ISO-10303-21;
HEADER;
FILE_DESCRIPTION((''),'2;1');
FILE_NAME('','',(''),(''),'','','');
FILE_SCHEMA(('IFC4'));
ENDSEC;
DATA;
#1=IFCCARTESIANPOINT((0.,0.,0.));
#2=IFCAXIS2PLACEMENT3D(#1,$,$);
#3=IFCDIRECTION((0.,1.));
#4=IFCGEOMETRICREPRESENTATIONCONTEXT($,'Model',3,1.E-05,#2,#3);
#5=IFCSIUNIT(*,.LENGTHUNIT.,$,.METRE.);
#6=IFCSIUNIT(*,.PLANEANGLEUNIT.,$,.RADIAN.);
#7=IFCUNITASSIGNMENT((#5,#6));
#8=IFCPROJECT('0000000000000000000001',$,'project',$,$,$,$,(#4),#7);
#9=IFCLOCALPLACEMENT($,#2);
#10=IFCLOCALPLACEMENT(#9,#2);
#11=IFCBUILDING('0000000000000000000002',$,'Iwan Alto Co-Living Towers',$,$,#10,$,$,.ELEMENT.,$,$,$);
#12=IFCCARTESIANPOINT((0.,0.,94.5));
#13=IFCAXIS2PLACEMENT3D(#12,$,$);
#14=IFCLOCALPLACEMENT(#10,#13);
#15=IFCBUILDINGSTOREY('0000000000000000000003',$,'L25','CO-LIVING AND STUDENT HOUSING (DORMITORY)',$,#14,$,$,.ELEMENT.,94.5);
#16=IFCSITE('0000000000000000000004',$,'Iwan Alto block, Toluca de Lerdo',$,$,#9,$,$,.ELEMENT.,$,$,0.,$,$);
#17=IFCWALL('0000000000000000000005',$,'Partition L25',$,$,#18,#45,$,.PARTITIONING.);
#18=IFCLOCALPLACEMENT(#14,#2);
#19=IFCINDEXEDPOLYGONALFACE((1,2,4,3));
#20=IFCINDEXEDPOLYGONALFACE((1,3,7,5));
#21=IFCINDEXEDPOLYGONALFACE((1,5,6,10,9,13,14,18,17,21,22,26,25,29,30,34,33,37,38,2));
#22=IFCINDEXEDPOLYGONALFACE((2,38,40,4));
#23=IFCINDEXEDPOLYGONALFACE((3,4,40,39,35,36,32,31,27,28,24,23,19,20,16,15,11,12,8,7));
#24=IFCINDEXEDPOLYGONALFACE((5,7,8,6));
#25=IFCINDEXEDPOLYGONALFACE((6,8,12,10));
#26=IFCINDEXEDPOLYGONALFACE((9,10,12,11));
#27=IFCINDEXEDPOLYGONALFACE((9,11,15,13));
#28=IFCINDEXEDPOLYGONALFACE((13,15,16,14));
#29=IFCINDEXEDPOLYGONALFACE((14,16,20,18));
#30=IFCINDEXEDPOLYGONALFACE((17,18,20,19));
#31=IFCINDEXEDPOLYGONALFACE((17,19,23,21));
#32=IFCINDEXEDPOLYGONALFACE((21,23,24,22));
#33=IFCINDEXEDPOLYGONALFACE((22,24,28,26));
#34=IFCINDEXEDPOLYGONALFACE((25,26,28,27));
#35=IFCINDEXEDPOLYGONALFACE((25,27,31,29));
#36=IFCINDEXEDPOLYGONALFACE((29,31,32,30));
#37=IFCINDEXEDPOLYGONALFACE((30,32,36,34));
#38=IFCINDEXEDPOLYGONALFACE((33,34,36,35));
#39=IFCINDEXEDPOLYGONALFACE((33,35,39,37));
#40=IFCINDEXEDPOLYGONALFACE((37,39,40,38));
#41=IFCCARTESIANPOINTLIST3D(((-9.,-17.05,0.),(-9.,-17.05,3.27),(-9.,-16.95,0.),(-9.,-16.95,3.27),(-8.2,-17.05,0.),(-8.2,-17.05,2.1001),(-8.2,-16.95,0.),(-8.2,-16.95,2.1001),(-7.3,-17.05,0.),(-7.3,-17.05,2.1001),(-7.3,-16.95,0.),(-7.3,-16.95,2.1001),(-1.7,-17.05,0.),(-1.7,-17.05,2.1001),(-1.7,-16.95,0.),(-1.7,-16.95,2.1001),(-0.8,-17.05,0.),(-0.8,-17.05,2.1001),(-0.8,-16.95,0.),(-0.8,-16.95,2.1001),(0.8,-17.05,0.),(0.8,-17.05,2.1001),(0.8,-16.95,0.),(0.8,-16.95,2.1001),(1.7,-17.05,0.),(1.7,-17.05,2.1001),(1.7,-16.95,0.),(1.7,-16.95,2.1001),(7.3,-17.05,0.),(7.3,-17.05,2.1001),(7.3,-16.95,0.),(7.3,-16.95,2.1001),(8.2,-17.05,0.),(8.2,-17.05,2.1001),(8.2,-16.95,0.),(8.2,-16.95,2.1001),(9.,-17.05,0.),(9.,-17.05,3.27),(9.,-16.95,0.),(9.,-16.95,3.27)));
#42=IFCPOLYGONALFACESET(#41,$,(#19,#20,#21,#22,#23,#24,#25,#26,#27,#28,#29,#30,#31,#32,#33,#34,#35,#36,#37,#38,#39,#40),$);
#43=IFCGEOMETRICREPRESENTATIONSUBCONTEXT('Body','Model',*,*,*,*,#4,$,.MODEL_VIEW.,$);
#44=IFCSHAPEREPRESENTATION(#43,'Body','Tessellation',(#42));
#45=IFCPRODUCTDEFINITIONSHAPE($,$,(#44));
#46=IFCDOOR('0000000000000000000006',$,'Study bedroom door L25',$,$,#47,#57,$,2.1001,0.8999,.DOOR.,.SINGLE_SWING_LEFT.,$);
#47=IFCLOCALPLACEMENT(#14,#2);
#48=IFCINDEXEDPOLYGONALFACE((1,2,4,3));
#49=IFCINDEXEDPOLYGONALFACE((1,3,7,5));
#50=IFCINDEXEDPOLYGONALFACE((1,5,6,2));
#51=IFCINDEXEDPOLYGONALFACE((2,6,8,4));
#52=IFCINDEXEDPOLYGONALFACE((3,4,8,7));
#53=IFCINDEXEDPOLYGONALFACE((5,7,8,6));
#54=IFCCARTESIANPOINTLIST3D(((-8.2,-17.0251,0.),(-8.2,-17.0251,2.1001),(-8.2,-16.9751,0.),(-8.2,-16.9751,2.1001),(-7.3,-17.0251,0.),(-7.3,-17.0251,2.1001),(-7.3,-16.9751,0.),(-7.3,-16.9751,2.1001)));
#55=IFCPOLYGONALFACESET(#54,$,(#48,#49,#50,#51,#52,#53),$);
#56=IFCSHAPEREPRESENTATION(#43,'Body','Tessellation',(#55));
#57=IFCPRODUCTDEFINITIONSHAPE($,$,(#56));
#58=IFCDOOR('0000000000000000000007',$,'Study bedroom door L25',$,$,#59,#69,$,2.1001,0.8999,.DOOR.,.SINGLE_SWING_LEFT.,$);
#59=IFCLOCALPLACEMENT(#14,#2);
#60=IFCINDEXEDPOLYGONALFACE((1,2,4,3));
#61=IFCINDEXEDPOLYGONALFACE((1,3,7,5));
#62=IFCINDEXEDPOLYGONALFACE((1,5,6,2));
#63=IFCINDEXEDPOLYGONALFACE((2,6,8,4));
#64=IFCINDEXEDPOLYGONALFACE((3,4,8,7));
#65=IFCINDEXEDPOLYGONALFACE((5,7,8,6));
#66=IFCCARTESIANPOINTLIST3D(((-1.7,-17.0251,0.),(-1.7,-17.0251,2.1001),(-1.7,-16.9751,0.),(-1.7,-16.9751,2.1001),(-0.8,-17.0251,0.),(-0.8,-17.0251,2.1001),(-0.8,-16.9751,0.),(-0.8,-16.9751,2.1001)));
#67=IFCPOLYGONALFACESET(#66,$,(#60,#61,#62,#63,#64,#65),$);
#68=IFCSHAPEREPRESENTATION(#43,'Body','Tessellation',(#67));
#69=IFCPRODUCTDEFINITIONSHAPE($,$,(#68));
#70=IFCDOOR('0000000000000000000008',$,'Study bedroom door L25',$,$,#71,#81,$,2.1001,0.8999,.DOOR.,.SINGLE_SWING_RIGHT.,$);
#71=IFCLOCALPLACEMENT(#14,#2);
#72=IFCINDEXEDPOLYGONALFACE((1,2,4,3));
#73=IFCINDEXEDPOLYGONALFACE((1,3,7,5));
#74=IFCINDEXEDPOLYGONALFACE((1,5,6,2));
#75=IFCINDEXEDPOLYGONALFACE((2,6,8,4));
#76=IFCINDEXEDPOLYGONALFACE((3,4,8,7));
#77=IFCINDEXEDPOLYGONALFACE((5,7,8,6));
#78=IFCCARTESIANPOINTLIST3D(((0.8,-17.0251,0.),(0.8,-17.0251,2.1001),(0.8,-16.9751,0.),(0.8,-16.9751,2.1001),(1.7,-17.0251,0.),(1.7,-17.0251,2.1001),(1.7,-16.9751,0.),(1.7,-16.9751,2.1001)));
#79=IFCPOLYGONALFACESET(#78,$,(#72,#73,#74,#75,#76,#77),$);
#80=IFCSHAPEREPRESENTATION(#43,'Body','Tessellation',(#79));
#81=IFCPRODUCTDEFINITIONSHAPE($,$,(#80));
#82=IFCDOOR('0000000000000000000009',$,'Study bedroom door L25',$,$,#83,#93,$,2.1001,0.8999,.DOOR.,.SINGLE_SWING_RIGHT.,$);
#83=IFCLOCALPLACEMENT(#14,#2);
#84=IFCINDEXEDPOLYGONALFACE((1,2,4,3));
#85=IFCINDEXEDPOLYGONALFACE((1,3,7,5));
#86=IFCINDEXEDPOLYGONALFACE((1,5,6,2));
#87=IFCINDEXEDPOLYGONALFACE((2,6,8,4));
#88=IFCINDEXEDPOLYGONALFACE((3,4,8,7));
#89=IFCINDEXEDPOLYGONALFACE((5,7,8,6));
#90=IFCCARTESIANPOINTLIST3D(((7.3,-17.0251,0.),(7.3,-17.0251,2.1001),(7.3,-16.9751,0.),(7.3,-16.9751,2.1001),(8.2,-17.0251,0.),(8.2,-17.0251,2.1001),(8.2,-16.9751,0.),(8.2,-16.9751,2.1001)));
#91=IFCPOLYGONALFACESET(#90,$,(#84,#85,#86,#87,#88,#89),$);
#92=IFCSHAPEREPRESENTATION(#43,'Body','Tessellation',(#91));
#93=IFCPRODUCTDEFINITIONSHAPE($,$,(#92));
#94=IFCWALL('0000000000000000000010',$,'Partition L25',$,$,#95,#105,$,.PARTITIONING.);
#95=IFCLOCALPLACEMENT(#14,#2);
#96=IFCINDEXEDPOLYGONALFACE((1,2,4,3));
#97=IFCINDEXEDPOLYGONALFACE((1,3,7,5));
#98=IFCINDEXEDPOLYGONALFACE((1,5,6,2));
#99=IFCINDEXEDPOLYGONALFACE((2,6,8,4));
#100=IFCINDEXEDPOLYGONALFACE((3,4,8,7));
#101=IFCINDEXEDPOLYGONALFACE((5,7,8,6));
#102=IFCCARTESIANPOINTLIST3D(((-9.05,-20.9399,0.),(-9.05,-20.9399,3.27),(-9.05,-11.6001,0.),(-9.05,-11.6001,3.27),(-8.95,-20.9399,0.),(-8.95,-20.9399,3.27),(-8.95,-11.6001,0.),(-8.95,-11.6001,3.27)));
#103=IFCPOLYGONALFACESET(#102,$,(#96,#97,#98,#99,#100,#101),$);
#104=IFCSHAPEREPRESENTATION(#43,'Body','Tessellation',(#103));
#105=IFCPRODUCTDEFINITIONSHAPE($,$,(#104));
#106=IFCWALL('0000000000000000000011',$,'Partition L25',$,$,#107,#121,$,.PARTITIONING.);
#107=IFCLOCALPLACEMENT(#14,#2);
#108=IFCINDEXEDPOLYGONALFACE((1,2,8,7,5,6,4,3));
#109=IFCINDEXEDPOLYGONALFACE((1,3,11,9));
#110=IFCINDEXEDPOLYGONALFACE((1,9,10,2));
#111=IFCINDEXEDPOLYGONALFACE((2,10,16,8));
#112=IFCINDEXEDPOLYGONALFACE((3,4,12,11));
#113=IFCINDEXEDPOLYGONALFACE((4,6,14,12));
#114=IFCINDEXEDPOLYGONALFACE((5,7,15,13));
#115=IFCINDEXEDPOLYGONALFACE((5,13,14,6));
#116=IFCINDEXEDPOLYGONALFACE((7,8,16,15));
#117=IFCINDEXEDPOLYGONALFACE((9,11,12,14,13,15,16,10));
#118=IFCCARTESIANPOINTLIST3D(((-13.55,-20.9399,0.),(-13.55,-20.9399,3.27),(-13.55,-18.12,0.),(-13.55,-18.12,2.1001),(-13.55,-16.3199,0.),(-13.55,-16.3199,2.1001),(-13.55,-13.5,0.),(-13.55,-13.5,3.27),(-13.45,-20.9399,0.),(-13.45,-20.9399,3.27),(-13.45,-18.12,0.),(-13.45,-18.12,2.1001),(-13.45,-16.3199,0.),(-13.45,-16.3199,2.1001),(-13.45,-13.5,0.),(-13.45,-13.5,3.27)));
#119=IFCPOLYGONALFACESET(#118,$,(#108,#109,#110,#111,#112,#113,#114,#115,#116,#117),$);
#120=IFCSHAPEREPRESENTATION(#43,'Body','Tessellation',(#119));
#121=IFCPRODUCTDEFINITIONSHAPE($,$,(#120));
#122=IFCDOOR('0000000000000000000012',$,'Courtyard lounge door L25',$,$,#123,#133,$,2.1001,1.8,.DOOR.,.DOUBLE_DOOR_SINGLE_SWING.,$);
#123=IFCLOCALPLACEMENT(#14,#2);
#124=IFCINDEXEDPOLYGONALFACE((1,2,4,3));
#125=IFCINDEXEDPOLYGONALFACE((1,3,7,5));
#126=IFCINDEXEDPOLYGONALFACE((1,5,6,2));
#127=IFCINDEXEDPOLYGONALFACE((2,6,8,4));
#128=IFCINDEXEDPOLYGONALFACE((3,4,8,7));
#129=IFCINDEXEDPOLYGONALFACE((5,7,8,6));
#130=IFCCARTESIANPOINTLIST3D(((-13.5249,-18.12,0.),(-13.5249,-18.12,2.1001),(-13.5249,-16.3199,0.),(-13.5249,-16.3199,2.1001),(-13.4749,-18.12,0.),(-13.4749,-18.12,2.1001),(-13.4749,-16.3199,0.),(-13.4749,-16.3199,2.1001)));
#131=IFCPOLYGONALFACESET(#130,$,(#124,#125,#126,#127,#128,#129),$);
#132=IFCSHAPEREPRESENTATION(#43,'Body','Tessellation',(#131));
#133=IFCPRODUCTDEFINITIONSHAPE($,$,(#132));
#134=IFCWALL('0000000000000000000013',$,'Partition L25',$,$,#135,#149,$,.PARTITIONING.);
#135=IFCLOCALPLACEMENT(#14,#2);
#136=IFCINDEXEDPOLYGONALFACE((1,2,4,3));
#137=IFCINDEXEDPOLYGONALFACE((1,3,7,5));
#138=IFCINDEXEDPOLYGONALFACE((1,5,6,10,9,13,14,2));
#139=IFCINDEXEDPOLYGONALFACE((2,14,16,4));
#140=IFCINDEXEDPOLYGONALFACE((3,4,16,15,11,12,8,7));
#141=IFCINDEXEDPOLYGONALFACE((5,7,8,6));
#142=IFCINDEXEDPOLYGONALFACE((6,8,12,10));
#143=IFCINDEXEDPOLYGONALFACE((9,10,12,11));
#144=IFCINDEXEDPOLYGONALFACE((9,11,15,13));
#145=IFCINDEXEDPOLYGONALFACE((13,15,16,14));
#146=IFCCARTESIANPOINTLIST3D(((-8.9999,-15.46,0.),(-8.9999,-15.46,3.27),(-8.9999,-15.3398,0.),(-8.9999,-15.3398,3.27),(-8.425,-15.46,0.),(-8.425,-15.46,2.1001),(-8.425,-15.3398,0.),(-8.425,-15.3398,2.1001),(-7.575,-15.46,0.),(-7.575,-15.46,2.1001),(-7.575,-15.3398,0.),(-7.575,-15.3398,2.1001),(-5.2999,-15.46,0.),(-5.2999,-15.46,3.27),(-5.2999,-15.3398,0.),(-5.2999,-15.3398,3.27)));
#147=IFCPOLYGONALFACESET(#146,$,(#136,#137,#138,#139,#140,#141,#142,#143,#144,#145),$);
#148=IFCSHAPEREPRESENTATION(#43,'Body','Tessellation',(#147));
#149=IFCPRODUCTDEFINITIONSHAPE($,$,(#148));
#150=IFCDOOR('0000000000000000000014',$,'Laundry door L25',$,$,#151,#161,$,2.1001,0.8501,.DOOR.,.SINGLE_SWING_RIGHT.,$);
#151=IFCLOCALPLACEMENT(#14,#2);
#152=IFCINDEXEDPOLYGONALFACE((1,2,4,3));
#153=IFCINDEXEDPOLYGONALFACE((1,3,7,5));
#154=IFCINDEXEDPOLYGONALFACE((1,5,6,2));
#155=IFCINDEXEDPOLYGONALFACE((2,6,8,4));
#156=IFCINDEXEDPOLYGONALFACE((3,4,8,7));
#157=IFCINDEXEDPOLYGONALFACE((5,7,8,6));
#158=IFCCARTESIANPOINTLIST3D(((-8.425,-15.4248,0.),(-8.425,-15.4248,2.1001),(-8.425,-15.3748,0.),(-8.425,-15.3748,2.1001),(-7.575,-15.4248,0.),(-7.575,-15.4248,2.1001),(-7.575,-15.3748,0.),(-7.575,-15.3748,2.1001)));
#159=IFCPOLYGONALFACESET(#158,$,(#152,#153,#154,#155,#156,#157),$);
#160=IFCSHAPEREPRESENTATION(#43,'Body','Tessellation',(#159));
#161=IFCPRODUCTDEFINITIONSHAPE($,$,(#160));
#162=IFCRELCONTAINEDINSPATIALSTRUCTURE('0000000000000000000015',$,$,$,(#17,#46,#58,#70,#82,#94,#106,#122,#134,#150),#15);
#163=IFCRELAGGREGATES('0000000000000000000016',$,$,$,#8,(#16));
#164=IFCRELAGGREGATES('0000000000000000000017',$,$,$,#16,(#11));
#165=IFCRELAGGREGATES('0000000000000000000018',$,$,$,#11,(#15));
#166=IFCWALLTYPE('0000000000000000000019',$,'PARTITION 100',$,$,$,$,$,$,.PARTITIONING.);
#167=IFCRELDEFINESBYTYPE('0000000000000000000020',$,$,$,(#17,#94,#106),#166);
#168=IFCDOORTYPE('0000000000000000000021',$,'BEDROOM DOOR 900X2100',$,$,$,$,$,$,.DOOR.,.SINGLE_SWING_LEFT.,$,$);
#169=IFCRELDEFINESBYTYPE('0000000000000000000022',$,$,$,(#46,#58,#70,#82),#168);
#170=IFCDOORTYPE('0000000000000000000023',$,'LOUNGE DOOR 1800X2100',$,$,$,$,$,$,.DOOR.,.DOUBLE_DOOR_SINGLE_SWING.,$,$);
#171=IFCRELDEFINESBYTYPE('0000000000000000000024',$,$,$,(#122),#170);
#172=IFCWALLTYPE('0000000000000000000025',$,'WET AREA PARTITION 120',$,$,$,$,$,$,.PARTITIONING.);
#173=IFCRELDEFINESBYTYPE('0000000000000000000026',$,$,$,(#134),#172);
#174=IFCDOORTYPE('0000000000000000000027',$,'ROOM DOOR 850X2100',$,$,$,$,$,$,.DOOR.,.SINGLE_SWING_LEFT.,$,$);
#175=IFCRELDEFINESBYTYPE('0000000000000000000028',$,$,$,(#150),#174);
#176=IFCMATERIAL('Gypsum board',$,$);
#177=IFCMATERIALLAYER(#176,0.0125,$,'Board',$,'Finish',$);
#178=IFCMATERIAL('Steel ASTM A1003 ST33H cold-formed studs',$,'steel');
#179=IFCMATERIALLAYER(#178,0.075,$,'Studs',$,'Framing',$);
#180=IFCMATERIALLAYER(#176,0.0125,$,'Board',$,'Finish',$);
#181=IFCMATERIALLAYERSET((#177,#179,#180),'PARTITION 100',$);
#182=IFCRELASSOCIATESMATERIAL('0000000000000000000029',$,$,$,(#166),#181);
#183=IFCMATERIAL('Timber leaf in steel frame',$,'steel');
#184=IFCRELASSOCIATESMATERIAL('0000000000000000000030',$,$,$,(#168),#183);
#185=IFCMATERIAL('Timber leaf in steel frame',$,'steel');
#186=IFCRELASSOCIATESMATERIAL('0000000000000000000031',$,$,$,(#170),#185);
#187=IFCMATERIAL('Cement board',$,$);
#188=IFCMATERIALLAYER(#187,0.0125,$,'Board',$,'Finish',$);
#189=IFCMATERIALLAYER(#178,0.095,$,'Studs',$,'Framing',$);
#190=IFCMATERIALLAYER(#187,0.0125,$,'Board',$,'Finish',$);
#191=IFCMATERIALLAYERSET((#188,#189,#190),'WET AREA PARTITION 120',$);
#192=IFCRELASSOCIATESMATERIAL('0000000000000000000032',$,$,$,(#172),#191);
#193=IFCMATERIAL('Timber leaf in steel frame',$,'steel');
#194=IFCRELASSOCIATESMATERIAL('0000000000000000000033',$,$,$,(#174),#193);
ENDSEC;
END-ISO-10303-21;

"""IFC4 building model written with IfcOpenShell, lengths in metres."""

from ifc_helpers import new_model, si_unit, direction, frame, frame_2d, origin, place, context, subcontext, project, spatial, rectangle, extrude, material, layer, layer_set, type_object, element, fill, save


model = new_model("IFC4")

# Units and contexts
model_context = context("Model", 3, precision=1e-05, world=origin(), true_north=direction((0.0, 1.0)))
body_context = subcontext(model_context, "Body", "Model", "MODEL_VIEW")
ifc_project = project(units=[si_unit("LENGTHUNIT", "METRE"), si_unit("PLANEANGLEUNIT", "RADIAN")], contexts=[model_context])

# Site, building, storey
site_placement = place(None, origin())
site = spatial("IfcSite", under=ifc_project, at=site_placement, Name="Iwan Alto block, Toluca de Lerdo", CompositionType="ELEMENT", RefElevation=0.0)
building_placement = place(site_placement, origin())
building = spatial("IfcBuilding", under=site, at=building_placement, Name="Iwan Alto Co-Living Towers", CompositionType="ELEMENT")
storey_placement = place(building_placement, frame((0.0, 0.0, 94.5)))
storey = spatial("IfcBuildingStorey", under=building, at=storey_placement, Name="L25", Description="CO-LIVING AND STUDENT HOUSING (DORMITORY)", CompositionType="ELEMENT", Elevation=94.5)

# Shared definitions
ifc_material_1 = material(Name="Gypsum board")
ifc_layer_1 = layer(ifc_material_1, 0.0125, Name="Board", Category="Finish")
ifc_material_2 = material(Name="Steel ASTM A1003 ST33H cold-formed studs", Category="steel")
ifc_layer_2 = layer(ifc_material_2, 0.075, Name="Studs", Category="Framing")
ifc_layer_3 = layer(ifc_material_1, 0.0125, Name="Board", Category="Finish")
ifc_layer_set_1 = layer_set([ifc_layer_1, ifc_layer_2, ifc_layer_3], Name="PARTITION 100")
wall_type_1 = type_object("IfcWallType", Name="PARTITION 100", PredefinedType="PARTITIONING", material=ifc_layer_set_1)

# Wall, openings, doors
wall_1_placement = place(storey_placement, frame((-9.0, -17.0, 0.0), z_axis=(0.0, 0.0, 1.0), x_axis=(1.0, 0.0, 0.0)))
wall_1 = element("IfcWall", 1, at=wall_1_placement, inside=storey, type_object=wall_type_1, Name="Partition L25", PredefinedType="PARTITIONING", context=body_context, shape_type="SweptSolid", body=[
    extrude(rectangle(XDim=18.0, YDim=0.1001, at=frame_2d((9.0, 0.0))), origin(), (0.0, 0.0, 1.0), 3.27),
])
opening_1_placement = place(wall_1_placement, frame((0.8, 0.0, 0.0)))
opening_1 = element("IfcOpeningElement", 2, at=opening_1_placement, cuts=wall_1, PredefinedType="OPENING", context=body_context, shape_type="SweptSolid", body=[
    extrude(rectangle(XDim=0.8999, YDim=2.1001, at=frame_2d((0.45, 1.05))), frame((0.0, 0.0601, 0.0), z_axis=(0.0, -1.0, 0.0), x_axis=(1.0, 0.0, 0.0)), (0.0, 0.0, 1.0), 0.1201),
])
opening_2_placement = place(wall_1_placement, frame((7.3, 0.0, 0.0)))
opening_2 = element("IfcOpeningElement", 3, at=opening_2_placement, cuts=wall_1, PredefinedType="OPENING", context=body_context, shape_type="SweptSolid", body=[
    extrude(rectangle(XDim=0.8999, YDim=2.1001, at=frame_2d((0.45, 1.05))), frame((0.0, 0.0601, 0.0), z_axis=(0.0, -1.0, 0.0), x_axis=(1.0, 0.0, 0.0)), (0.0, 0.0, 1.0), 0.1201),
])
opening_3_placement = place(wall_1_placement, frame((9.8, 0.0, 0.0)))
opening_3 = element("IfcOpeningElement", 4, at=opening_3_placement, cuts=wall_1, PredefinedType="OPENING", context=body_context, shape_type="SweptSolid", body=[
    extrude(rectangle(XDim=0.8999, YDim=2.1001, at=frame_2d((0.45, 1.05))), frame((0.0, 0.0601, 0.0), z_axis=(0.0, -1.0, 0.0), x_axis=(1.0, 0.0, 0.0)), (0.0, 0.0, 1.0), 0.1201),
])
opening_4_placement = place(wall_1_placement, frame((16.3, 0.0, 0.0)))
opening_4 = element("IfcOpeningElement", 5, at=opening_4_placement, cuts=wall_1, PredefinedType="OPENING", context=body_context, shape_type="SweptSolid", body=[
    extrude(rectangle(XDim=0.8999, YDim=2.1001, at=frame_2d((0.45, 1.05))), frame((0.0, 0.0601, 0.0), z_axis=(0.0, -1.0, 0.0), x_axis=(1.0, 0.0, 0.0)), (0.0, 0.0, 1.0), 0.1201),
])
ifc_material_3 = material(Name="Timber leaf in steel frame", Category="steel")
door_type_1 = type_object("IfcDoorType", Name="BEDROOM DOOR 900X2100", OperationType="SINGLE_SWING_LEFT", PredefinedType="DOOR", material=ifc_material_3)
door_1_placement = place(opening_1_placement, origin())
door_1 = element("IfcDoor", 6, at=door_1_placement, inside=storey, type_object=door_type_1, Name="Study bedroom door L25", OperationType="SINGLE_SWING_LEFT", OverallHeight=2.1001, OverallWidth=0.8999, PredefinedType="DOOR", context=body_context, shape_type="SweptSolid", body=[
    extrude(rectangle(XDim=0.8999, YDim=2.1001, at=frame_2d((0.45, 1.05))), frame((0.0, 0.0249, 0.0), z_axis=(0.0, -1.0, 0.0), x_axis=(1.0, 0.0, 0.0)), (0.0, 0.0, 1.0), 0.05),
])
fill(opening_1, door_1)
door_2_placement = place(opening_2_placement, origin())
door_2 = element("IfcDoor", 7, at=door_2_placement, inside=storey, type_object=door_type_1, Name="Study bedroom door L25", OperationType="SINGLE_SWING_LEFT", OverallHeight=2.1001, OverallWidth=0.8999, PredefinedType="DOOR", context=body_context, shape_type="SweptSolid", body=[
    extrude(rectangle(XDim=0.8999, YDim=2.1001, at=frame_2d((0.45, 1.05))), frame((0.0, 0.0249, 0.0), z_axis=(0.0, -1.0, 0.0), x_axis=(1.0, 0.0, 0.0)), (0.0, 0.0, 1.0), 0.05),
])
fill(opening_2, door_2)
door_3_placement = place(opening_3_placement, origin())
door_3 = element("IfcDoor", 8, at=door_3_placement, inside=storey, type_object=door_type_1, Name="Study bedroom door L25", OperationType="SINGLE_SWING_RIGHT", OverallHeight=2.1001, OverallWidth=0.8999, PredefinedType="DOOR", context=body_context, shape_type="SweptSolid", body=[
    extrude(rectangle(XDim=0.8999, YDim=2.1001, at=frame_2d((0.45, 1.05))), frame((0.0, 0.0249, 0.0), z_axis=(0.0, -1.0, 0.0), x_axis=(1.0, 0.0, 0.0)), (0.0, 0.0, 1.0), 0.05),
])
fill(opening_3, door_3)
door_4_placement = place(opening_4_placement, origin())
door_4 = element("IfcDoor", 9, at=door_4_placement, inside=storey, type_object=door_type_1, Name="Study bedroom door L25", OperationType="SINGLE_SWING_RIGHT", OverallHeight=2.1001, OverallWidth=0.8999, PredefinedType="DOOR", context=body_context, shape_type="SweptSolid", body=[
    extrude(rectangle(XDim=0.8999, YDim=2.1001, at=frame_2d((0.45, 1.05))), frame((0.0, 0.0249, 0.0), z_axis=(0.0, -1.0, 0.0), x_axis=(1.0, 0.0, 0.0)), (0.0, 0.0, 1.0), 0.05),
])
fill(opening_4, door_4)

# Wall
wall_2_placement = place(storey_placement, frame((-9.0, -20.9399, 0.0), z_axis=(0.0, 0.0, 1.0), x_axis=(0.0, 1.0, 0.0)))
element("IfcWall", 10, at=wall_2_placement, inside=storey, type_object=wall_type_1, Name="Partition L25", PredefinedType="PARTITIONING", context=body_context, shape_type="SweptSolid", body=[
    extrude(rectangle(XDim=9.3398, YDim=0.1001, at=frame_2d((4.6699, 0.0))), origin(), (0.0, 0.0, 1.0), 3.27),
])

# Walls, openings, doors
wall_3_placement = place(storey_placement, frame((-13.5, -20.9399, 0.0), z_axis=(0.0, 0.0, 1.0), x_axis=(0.0, 1.0, 0.0)))
wall_3 = element("IfcWall", 11, at=wall_3_placement, inside=storey, type_object=wall_type_1, Name="Partition L25", PredefinedType="PARTITIONING", context=body_context, shape_type="SweptSolid", body=[
    extrude(rectangle(XDim=7.4399, YDim=0.1001, at=frame_2d((3.72, 0.0))), origin(), (0.0, 0.0, 1.0), 3.27),
])
opening_5_placement = place(wall_3_placement, frame((2.8201, 0.0, 0.0)))
opening_5 = element("IfcOpeningElement", 12, at=opening_5_placement, cuts=wall_3, PredefinedType="OPENING", context=body_context, shape_type="SweptSolid", body=[
    extrude(rectangle(XDim=1.8, YDim=2.1001, at=frame_2d((0.8999, 1.05))), frame((0.0, 0.0601, 0.0), z_axis=(0.0, -1.0, 0.0), x_axis=(1.0, 0.0, 0.0)), (0.0, 0.0, 1.0), 0.1201),
])
ifc_material_4 = material(Name="Timber leaf in steel frame", Category="steel")
door_type_2 = type_object("IfcDoorType", Name="LOUNGE DOOR 1800X2100", OperationType="DOUBLE_DOOR_SINGLE_SWING", PredefinedType="DOOR", material=ifc_material_4)
door_5_placement = place(opening_5_placement, origin())
door_5 = element("IfcDoor", 13, at=door_5_placement, inside=storey, type_object=door_type_2, Name="Courtyard lounge door L25", OperationType="DOUBLE_DOOR_SINGLE_SWING", OverallHeight=2.1001, OverallWidth=1.8, PredefinedType="DOOR", context=body_context, shape_type="SweptSolid", body=[
    extrude(rectangle(XDim=1.8, YDim=2.1001, at=frame_2d((0.8999, 1.05))), frame((0.0, 0.0249, 0.0), z_axis=(0.0, -1.0, 0.0), x_axis=(1.0, 0.0, 0.0)), (0.0, 0.0, 1.0), 0.05),
])
fill(opening_5, door_5)
ifc_material_5 = material(Name="Cement board")
ifc_layer_4 = layer(ifc_material_5, 0.0125, Name="Board", Category="Finish")
ifc_layer_5 = layer(ifc_material_2, 0.095, Name="Studs", Category="Framing")
ifc_layer_6 = layer(ifc_material_5, 0.0125, Name="Board", Category="Finish")
ifc_layer_set_2 = layer_set([ifc_layer_4, ifc_layer_5, ifc_layer_6], Name="WET AREA PARTITION 120")
wall_type_2 = type_object("IfcWallType", Name="WET AREA PARTITION 120", PredefinedType="PARTITIONING", material=ifc_layer_set_2)
wall_4_placement = place(storey_placement, frame((-9.0, -15.3999, 0.0), z_axis=(0.0, 0.0, 1.0), x_axis=(1.0, 0.0, 0.0)))
wall_4 = element("IfcWall", 14, at=wall_4_placement, inside=storey, type_object=wall_type_2, Name="Partition L25", PredefinedType="PARTITIONING", context=body_context, shape_type="SweptSolid", body=[
    extrude(rectangle(XDim=3.7, YDim=0.1201, at=frame_2d((1.8501, 0.0))), origin(), (0.0, 0.0, 1.0), 3.27),
])
opening_6_placement = place(wall_4_placement, frame((0.575, 0.0, 0.0)))
opening_6 = element("IfcOpeningElement", 15, at=opening_6_placement, cuts=wall_4, PredefinedType="OPENING", context=body_context, shape_type="SweptSolid", body=[
    extrude(rectangle(XDim=0.8501, YDim=2.1001, at=frame_2d((0.425, 1.05))), frame((0.0, 0.0701, 0.0), z_axis=(0.0, -1.0, 0.0), x_axis=(1.0, 0.0, 0.0)), (0.0, 0.0, 1.0), 0.1401),
])
ifc_material_6 = material(Name="Timber leaf in steel frame", Category="steel")
door_type_3 = type_object("IfcDoorType", Name="ROOM DOOR 850X2100", OperationType="SINGLE_SWING_LEFT", PredefinedType="DOOR", material=ifc_material_6)
door_6_placement = place(opening_6_placement, frame((0.8501, 0.0, 0.0), z_axis=(0.0, 0.0, 1.0), x_axis=(-1.0, 0.0, 0.0)))
door_6 = element("IfcDoor", 16, at=door_6_placement, inside=storey, type_object=door_type_3, Name="Laundry door L25", OperationType="SINGLE_SWING_RIGHT", OverallHeight=2.1001, OverallWidth=0.8501, PredefinedType="DOOR", context=body_context, shape_type="SweptSolid", body=[
    extrude(rectangle(XDim=0.8501, YDim=2.1001, at=frame_2d((0.425, 1.05))), frame((0.0, 0.0249, 0.0), z_axis=(0.0, -1.0, 0.0), x_axis=(1.0, 0.0, 0.0)), (0.0, 0.0, 1.0), 0.05),
])
fill(opening_6, door_6)

save(model, "model.ifc")
